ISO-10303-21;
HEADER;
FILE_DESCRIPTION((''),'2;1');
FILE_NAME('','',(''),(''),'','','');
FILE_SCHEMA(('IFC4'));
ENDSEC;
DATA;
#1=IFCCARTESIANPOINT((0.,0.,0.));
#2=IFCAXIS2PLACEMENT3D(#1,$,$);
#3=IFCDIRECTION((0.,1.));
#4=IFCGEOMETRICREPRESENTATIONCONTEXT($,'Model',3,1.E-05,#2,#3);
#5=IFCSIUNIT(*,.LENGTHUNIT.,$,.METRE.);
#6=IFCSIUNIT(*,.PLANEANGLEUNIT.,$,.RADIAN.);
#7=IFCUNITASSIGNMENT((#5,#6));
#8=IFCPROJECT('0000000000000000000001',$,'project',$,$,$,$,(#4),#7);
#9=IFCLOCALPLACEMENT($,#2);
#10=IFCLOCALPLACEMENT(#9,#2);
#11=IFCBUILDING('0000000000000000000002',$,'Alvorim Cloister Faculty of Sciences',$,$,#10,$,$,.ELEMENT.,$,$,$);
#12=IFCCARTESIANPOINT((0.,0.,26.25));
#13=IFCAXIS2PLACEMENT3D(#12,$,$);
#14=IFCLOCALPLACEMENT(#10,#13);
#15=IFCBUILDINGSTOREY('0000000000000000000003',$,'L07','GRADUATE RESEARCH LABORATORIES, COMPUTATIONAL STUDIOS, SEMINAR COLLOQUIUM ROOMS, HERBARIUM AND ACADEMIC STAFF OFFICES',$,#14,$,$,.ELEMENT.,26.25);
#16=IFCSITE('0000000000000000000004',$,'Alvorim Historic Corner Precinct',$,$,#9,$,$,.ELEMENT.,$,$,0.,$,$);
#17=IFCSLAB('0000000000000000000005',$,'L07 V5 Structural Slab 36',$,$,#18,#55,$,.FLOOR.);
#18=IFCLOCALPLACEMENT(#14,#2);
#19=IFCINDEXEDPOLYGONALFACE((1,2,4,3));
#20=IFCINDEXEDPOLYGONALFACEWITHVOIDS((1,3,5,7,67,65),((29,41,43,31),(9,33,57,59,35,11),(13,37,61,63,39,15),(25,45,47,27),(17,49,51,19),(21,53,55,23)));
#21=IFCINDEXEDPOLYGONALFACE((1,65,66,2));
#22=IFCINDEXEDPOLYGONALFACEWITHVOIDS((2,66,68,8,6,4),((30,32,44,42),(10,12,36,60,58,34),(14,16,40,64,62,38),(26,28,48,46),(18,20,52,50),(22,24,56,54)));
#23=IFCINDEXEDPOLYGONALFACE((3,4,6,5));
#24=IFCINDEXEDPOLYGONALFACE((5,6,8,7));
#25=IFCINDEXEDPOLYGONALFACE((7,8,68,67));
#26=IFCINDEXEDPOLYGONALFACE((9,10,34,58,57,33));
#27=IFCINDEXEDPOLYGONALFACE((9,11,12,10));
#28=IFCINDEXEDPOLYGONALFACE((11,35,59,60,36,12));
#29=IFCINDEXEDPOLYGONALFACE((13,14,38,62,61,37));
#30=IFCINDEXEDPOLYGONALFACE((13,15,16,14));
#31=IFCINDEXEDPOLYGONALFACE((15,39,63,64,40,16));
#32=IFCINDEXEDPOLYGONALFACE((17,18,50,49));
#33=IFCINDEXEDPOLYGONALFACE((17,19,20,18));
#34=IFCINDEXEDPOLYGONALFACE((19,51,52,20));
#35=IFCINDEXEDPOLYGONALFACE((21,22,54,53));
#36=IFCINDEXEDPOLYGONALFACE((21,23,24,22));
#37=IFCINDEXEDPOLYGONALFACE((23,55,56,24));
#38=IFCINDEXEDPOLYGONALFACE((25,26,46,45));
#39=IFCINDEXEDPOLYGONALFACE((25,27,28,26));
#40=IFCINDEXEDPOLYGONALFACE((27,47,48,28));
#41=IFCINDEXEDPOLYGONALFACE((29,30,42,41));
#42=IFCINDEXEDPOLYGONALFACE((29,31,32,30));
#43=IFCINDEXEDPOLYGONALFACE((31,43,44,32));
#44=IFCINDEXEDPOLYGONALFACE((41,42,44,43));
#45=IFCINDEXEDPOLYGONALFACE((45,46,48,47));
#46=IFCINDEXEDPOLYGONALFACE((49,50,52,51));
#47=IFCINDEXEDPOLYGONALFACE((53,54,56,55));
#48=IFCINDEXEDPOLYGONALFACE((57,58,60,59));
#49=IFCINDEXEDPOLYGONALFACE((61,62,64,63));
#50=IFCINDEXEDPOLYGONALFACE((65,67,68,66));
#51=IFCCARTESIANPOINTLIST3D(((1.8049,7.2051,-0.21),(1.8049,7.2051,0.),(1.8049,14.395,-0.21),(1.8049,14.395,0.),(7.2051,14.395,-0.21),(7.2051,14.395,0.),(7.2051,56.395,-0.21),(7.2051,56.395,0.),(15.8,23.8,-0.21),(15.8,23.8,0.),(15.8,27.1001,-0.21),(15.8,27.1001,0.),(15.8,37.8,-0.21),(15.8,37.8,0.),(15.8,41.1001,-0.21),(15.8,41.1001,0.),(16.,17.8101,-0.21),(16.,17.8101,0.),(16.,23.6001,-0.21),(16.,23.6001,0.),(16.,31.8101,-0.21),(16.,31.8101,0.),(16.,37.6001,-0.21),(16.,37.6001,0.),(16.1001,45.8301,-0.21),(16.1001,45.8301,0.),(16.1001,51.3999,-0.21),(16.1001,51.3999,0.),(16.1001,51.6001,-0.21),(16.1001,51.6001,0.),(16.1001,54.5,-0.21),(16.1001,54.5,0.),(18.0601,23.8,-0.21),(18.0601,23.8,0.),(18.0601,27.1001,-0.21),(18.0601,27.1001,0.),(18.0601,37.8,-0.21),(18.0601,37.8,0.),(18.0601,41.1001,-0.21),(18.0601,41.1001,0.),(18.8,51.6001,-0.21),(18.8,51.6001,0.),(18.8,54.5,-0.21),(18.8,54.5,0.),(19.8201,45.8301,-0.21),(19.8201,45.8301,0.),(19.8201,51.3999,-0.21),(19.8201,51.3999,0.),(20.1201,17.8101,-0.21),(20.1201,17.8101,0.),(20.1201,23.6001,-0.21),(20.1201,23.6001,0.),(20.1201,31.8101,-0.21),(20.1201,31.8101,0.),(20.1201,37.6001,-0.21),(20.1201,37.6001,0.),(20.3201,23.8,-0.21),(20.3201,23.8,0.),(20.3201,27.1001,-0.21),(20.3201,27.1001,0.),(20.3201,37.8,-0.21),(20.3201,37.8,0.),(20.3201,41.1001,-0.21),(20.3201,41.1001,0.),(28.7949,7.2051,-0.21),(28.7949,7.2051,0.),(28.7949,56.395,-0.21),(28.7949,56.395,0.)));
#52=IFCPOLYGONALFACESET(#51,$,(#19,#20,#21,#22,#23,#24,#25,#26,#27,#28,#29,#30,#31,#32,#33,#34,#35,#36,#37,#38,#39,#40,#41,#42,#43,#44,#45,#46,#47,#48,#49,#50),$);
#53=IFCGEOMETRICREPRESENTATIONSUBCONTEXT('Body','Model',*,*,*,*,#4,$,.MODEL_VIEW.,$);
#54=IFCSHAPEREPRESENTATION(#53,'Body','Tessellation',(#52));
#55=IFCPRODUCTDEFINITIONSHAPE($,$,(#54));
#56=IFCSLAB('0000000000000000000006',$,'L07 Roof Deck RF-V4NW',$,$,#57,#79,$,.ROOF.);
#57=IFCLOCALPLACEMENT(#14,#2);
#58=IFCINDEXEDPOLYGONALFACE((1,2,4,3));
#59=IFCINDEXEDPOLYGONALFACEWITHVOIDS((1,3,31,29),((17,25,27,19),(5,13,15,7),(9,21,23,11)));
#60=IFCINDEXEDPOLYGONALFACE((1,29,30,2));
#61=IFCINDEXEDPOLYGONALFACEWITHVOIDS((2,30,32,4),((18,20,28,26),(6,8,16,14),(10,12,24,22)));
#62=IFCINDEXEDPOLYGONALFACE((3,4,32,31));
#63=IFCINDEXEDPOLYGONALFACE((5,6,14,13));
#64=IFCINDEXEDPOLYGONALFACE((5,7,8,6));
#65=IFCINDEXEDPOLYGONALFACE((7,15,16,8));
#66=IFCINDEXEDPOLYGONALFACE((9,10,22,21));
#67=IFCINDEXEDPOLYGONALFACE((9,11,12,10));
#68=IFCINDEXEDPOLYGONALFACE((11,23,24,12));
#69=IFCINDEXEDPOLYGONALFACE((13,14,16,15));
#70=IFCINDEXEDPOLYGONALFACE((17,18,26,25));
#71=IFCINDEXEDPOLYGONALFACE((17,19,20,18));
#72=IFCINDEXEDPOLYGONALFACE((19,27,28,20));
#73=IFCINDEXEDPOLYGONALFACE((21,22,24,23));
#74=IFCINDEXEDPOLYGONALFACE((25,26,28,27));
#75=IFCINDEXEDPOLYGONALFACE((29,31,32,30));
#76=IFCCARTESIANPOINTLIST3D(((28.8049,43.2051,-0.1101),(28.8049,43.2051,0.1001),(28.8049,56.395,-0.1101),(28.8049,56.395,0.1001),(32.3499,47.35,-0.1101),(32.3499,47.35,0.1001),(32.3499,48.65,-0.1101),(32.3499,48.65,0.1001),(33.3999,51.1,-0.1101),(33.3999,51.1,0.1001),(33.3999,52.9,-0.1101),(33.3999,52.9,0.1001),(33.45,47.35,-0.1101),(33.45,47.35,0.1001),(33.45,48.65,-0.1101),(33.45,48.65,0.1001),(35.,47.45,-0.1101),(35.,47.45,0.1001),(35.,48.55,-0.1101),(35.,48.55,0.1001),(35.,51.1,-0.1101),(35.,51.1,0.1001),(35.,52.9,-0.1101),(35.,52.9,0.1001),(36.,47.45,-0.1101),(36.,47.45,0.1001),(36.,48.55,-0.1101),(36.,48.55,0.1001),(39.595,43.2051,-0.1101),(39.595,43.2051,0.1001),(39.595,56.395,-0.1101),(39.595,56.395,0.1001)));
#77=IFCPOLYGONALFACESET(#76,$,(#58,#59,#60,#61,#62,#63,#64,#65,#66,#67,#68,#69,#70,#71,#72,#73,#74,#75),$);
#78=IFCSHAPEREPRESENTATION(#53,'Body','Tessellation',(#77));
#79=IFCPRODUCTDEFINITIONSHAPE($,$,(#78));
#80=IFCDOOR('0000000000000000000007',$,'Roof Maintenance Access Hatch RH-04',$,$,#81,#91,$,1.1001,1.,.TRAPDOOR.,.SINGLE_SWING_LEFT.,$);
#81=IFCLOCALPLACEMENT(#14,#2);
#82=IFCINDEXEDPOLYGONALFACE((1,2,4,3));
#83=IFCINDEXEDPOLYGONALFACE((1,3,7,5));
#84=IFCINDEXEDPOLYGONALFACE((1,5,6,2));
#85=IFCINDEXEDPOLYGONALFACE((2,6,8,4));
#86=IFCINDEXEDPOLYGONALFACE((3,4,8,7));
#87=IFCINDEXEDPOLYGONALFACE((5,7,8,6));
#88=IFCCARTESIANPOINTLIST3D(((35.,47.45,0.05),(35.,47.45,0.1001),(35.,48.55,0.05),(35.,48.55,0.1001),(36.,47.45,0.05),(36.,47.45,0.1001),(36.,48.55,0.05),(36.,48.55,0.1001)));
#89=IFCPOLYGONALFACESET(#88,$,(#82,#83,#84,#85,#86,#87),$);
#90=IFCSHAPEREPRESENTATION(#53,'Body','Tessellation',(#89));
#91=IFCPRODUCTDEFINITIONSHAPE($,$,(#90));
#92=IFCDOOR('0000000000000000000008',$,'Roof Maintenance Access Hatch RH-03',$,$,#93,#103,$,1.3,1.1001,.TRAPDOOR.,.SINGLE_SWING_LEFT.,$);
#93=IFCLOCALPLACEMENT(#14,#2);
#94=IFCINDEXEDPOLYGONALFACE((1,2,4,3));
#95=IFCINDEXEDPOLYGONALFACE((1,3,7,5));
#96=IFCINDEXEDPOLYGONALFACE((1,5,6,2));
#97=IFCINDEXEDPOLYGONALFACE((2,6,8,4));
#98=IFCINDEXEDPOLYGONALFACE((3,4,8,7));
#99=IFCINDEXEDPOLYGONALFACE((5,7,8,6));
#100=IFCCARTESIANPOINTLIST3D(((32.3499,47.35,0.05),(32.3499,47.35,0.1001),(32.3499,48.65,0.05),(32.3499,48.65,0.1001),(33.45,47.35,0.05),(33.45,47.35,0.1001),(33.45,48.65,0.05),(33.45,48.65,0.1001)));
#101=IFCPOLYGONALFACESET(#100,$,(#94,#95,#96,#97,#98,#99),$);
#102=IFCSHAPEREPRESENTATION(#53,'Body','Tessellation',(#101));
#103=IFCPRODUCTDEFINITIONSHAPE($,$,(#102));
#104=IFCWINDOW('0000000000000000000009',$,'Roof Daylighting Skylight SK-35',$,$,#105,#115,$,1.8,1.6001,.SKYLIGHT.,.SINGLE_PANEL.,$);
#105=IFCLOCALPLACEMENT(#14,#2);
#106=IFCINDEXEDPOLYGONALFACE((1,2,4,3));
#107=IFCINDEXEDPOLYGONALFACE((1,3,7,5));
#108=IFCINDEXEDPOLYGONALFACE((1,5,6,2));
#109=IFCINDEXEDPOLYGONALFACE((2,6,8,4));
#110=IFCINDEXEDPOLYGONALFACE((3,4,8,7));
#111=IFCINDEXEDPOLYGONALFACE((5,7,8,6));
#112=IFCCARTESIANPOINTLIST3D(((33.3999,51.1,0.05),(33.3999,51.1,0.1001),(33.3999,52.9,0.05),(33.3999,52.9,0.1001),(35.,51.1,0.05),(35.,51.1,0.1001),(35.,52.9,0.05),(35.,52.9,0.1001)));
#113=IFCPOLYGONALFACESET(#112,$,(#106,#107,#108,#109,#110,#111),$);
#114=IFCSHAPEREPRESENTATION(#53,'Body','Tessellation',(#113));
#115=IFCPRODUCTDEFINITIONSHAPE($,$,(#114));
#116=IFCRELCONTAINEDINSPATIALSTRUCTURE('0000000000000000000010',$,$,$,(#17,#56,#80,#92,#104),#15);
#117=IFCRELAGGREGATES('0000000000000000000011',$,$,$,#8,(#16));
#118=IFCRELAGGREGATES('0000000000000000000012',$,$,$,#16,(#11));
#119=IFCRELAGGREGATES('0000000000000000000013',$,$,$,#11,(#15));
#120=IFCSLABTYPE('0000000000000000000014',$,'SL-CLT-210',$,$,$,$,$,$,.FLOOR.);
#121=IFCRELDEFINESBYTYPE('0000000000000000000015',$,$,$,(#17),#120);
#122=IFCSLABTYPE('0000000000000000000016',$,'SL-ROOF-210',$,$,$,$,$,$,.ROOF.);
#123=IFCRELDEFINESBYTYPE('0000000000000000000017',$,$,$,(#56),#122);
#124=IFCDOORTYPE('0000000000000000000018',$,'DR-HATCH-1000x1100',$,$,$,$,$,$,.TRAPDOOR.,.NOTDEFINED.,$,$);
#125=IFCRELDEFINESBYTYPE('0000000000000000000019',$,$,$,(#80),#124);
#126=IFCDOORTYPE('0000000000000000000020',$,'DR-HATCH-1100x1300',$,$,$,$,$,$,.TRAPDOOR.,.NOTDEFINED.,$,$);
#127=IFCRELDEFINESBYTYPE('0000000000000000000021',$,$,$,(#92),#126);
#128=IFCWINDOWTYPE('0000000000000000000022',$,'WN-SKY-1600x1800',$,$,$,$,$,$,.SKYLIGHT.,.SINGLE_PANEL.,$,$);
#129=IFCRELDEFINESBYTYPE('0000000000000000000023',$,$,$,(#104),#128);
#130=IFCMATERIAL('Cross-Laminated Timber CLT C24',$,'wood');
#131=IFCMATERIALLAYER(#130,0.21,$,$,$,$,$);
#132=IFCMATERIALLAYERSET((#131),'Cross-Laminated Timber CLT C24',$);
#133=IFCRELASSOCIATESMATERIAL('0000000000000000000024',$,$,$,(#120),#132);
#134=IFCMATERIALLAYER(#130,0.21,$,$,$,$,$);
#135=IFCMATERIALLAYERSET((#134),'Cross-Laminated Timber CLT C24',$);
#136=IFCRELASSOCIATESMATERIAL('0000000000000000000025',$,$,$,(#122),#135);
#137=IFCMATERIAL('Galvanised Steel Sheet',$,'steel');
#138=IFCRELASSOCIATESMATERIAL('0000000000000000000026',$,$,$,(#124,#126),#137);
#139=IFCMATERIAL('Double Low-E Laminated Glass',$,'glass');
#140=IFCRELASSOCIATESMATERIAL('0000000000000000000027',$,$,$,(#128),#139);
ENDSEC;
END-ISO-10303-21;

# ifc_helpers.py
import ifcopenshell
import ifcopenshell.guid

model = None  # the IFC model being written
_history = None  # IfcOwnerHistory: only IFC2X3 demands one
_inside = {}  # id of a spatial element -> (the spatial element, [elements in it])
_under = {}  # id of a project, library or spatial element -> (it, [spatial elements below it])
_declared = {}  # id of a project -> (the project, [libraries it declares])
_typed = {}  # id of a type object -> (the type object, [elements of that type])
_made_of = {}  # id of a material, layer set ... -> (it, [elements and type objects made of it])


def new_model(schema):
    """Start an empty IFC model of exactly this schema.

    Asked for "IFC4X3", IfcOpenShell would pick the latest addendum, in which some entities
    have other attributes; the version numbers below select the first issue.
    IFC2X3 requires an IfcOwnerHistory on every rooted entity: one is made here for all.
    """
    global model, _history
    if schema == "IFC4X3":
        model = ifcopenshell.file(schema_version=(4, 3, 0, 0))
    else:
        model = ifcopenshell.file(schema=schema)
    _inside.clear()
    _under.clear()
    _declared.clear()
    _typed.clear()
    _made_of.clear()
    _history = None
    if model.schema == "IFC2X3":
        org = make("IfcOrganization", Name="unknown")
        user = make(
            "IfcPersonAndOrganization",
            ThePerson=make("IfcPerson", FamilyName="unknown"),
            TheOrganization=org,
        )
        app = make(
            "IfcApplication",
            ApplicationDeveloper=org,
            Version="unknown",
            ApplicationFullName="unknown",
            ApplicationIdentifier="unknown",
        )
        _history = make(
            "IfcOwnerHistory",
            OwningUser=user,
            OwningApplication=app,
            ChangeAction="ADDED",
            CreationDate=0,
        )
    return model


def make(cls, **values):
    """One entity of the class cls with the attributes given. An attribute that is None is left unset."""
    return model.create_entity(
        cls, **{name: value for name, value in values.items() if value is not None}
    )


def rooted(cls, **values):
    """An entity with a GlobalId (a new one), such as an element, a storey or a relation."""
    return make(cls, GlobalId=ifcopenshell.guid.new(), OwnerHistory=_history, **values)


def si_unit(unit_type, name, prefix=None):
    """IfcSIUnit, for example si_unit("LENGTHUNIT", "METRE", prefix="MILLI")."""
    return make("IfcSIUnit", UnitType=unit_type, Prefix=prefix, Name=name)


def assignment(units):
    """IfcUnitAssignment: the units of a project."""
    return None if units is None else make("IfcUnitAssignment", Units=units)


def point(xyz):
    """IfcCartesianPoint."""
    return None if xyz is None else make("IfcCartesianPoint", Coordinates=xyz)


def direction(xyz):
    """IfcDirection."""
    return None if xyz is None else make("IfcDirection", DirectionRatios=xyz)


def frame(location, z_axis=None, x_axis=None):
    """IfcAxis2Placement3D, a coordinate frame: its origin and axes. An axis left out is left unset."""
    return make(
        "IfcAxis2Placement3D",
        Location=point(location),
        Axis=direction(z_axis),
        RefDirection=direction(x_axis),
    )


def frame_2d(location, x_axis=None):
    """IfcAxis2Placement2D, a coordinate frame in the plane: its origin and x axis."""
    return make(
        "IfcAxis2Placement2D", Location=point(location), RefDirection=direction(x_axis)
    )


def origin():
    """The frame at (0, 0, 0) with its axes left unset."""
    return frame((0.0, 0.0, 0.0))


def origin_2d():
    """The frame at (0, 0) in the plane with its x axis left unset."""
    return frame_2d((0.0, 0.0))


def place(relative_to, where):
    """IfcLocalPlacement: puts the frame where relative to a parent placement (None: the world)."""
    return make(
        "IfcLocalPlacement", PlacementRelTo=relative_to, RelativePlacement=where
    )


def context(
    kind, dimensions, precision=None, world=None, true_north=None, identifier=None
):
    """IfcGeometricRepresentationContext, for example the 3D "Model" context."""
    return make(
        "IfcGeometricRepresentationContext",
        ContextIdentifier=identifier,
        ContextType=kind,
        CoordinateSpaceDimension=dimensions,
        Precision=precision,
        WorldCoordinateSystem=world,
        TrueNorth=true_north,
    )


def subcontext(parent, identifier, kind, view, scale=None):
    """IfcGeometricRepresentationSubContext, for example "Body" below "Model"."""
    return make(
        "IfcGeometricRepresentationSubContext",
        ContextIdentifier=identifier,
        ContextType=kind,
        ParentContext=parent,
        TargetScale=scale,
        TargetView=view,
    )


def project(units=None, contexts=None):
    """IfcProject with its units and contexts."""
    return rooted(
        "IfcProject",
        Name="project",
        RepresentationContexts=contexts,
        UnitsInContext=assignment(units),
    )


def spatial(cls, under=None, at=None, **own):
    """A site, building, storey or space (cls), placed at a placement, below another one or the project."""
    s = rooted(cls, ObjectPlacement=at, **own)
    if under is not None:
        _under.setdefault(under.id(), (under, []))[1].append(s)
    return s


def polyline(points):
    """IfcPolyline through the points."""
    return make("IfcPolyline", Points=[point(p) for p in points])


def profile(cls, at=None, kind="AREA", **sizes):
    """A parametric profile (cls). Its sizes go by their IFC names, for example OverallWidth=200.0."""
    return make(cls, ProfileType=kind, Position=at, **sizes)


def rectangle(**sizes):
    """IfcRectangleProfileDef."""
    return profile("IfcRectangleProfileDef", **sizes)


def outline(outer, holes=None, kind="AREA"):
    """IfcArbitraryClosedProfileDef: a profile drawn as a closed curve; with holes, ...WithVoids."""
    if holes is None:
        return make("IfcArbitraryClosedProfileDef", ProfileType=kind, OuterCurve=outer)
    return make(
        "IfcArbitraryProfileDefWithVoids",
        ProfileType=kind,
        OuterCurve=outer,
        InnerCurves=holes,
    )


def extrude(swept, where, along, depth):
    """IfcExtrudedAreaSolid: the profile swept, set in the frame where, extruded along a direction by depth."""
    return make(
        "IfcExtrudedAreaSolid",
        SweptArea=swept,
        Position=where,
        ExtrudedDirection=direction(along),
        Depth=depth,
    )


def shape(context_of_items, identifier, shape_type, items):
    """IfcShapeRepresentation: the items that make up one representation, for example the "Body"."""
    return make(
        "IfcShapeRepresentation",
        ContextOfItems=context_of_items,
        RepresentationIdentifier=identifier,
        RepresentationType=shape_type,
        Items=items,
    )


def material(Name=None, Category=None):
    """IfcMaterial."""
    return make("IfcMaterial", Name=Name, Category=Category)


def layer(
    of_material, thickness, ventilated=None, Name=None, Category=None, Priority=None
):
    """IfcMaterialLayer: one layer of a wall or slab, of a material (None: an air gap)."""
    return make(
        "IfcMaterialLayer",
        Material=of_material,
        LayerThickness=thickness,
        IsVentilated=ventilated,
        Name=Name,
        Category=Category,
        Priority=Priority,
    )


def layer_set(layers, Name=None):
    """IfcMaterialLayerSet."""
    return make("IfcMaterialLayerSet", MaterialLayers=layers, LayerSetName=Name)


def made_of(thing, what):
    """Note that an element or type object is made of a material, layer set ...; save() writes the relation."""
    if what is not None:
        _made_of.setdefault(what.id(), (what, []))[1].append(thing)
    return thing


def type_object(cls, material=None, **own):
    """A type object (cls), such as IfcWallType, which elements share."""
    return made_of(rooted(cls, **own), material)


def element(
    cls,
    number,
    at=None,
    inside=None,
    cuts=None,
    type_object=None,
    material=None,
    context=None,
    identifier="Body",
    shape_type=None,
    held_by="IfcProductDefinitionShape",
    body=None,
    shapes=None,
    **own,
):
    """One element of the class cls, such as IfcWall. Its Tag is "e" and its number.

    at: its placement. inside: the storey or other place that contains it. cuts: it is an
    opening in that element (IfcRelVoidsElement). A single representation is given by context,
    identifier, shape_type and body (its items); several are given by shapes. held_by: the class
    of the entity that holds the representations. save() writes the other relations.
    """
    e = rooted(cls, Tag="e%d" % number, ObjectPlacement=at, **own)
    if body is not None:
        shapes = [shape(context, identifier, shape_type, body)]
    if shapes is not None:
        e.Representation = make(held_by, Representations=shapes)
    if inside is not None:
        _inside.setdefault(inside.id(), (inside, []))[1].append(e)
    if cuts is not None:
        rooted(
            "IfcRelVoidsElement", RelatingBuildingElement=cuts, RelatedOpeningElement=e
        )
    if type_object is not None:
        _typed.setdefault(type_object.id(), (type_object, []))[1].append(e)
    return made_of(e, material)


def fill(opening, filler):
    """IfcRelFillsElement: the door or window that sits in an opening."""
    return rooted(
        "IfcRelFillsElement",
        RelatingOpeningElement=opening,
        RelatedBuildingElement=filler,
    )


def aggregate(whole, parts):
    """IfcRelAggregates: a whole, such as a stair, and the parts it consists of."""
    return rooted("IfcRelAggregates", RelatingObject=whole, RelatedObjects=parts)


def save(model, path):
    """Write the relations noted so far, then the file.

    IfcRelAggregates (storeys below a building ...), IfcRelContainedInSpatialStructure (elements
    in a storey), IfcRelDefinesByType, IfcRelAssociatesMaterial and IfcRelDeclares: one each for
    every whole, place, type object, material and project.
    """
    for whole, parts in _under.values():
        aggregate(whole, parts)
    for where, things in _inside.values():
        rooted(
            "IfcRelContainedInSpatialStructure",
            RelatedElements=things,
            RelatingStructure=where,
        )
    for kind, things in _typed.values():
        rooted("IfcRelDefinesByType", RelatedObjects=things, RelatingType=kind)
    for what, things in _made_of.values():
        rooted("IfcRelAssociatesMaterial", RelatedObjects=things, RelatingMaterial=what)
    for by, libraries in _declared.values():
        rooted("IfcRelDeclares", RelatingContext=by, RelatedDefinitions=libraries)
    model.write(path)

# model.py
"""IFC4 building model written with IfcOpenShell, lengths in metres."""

from ifc_helpers import new_model, si_unit, direction, frame, origin, origin_2d, place, context, subcontext, project, spatial, polyline, rectangle, outline, extrude, material, layer, layer_set, type_object, element, fill, save


model = new_model("IFC4")

# Units and contexts
model_context = context("Model", 3, precision=1e-05, world=origin(), true_north=direction((0.0, 1.0)))
body_context = subcontext(model_context, "Body", "Model", "MODEL_VIEW")
ifc_project = project(units=[si_unit("LENGTHUNIT", "METRE"), si_unit("PLANEANGLEUNIT", "RADIAN")], contexts=[model_context])

# Site, building, storey
site_placement = place(None, origin())
site = spatial("IfcSite", under=ifc_project, at=site_placement, Name="Alvorim Historic Corner Precinct", CompositionType="ELEMENT", RefElevation=0.0)
building_placement = place(site_placement, origin())
building = spatial("IfcBuilding", under=site, at=building_placement, Name="Alvorim Cloister Faculty of Sciences", CompositionType="ELEMENT")
storey_placement = place(building_placement, frame((0.0, 0.0, 26.25)))
storey = spatial("IfcBuildingStorey", under=building, at=storey_placement, Name="L07", Description="GRADUATE RESEARCH LABORATORIES, COMPUTATIONAL STUDIOS, SEMINAR COLLOQUIUM ROOMS, HERBARIUM AND ACADEMIC STAFF OFFICES", CompositionType="ELEMENT", Elevation=26.25)

# Slab
ifc_material_1 = material(Name="Cross-Laminated Timber CLT C24", Category="wood")
ifc_layer_1 = layer(ifc_material_1, 0.21)
ifc_layer_set_1 = layer_set([ifc_layer_1], Name="Cross-Laminated Timber CLT C24")
slab_type_1 = type_object("IfcSlabType", Name="SL-CLT-210", PredefinedType="FLOOR", material=ifc_layer_set_1)
slab_1_placement = place(storey_placement, frame((0.0, 0.0, -0.21)))
element("IfcSlab", 1, at=slab_1_placement, inside=storey, type_object=slab_type_1, Name="L07 V5 Structural Slab 36", PredefinedType="FLOOR", context=body_context, shape_type="SweptSolid", body=[
    extrude(outline(polyline([(1.8049, 7.2051), (1.8049, 14.395), (7.2051, 14.395), (7.2051, 56.395), (28.7949, 56.395), (28.7949, 7.2051), (1.8049, 7.2051)]), holes=[polyline([(16.0, 23.6001), (16.0, 17.8101), (20.1201, 17.8101), (20.1201, 23.6001), (16.0, 23.6001)]), polyline([(15.8, 27.1001), (15.8, 23.8), (18.0601, 23.8), (20.3201, 23.8), (20.3201, 27.1001), (18.0601, 27.1001), (15.8, 27.1001)]), polyline([(16.0, 37.6001), (16.0, 31.8101), (20.1201, 31.8101), (20.1201, 37.6001), (16.0, 37.6001)]), polyline([(15.8, 41.1001), (15.8, 37.8), (18.0601, 37.8), (20.3201, 37.8), (20.3201, 41.1001), (18.0601, 41.1001), (15.8, 41.1001)]), polyline([(16.1001, 51.3999), (16.1001, 45.8301), (19.8201, 45.8301), (19.8201, 51.3999), (16.1001, 51.3999)]), polyline([(16.1001, 54.5), (16.1001, 51.6001), (18.8, 51.6001), (18.8, 54.5), (16.1001, 54.5)])]), origin(), (0.0, 0.0, 1.0), 0.21),
])

# Slab, openings, doors, window
ifc_layer_2 = layer(ifc_material_1, 0.21)
ifc_layer_set_2 = layer_set([ifc_layer_2], Name="Cross-Laminated Timber CLT C24")
slab_type_2 = type_object("IfcSlabType", Name="SL-ROOF-210", PredefinedType="ROOF", material=ifc_layer_set_2)
slab_2_placement = place(storey_placement, frame((0.0, 0.0, -0.1101)))
slab_2 = element("IfcSlab", 2, at=slab_2_placement, inside=storey, type_object=slab_type_2, Name="L07 Roof Deck RF-V4NW", PredefinedType="ROOF", context=body_context, shape_type="SweptSolid", body=[
    extrude(outline(polyline([(28.8049, 43.2051), (39.595, 43.2051), (39.595, 56.395), (28.8049, 56.395), (28.8049, 43.2051)])), origin(), (0.0, 0.0, 1.0), 0.2102),
])
opening_1_placement = place(slab_2_placement, frame((32.8999, 48.0, -0.012)))
opening_1 = element("IfcOpeningElement", 3, at=opening_1_placement, cuts=slab_2, PredefinedType="OPENING", context=body_context, shape_type="SweptSolid", body=[
    extrude(rectangle(XDim=1.1001, YDim=1.3, at=origin_2d()), origin(), (0.0, 0.0, 1.0), 0.2341),
])
opening_2_placement = place(slab_2_placement, frame((35.5, 48.0, -0.012)))
opening_2 = element("IfcOpeningElement", 4, at=opening_2_placement, cuts=slab_2, PredefinedType="OPENING", context=body_context, shape_type="SweptSolid", body=[
    extrude(rectangle(XDim=1.0, YDim=1.1001, at=origin_2d()), origin(), (0.0, 0.0, 1.0), 0.2341),
])
opening_3_placement = place(slab_2_placement, frame((34.2, 52.0, -0.012)))
opening_3 = element("IfcOpeningElement", 5, at=opening_3_placement, cuts=slab_2, PredefinedType="OPENING", context=body_context, shape_type="SweptSolid", body=[
    extrude(rectangle(XDim=1.6001, YDim=1.8, at=origin_2d()), origin(), (0.0, 0.0, 1.0), 0.2341),
])
ifc_material_2 = material(Name="Galvanised Steel Sheet", Category="steel")
door_type_1 = type_object("IfcDoorType", Name="DR-HATCH-1000x1100", OperationType="NOTDEFINED", PredefinedType="TRAPDOOR", material=ifc_material_2)
door_1_placement = place(slab_2_placement, frame((35.5, 48.0, 0.1602)))
door_1 = element("IfcDoor", 6, at=door_1_placement, inside=storey, type_object=door_type_1, Name="Roof Maintenance Access Hatch RH-04", OperationType="SINGLE_SWING_LEFT", OverallHeight=1.1001, OverallWidth=1.0, PredefinedType="TRAPDOOR", context=body_context, shape_type="SweptSolid", body=[
    extrude(rectangle(XDim=1.0, YDim=1.1001, at=origin_2d()), origin(), (0.0, 0.0, 1.0), 0.05),
])
fill(opening_2, door_1)
door_type_2 = type_object("IfcDoorType", Name="DR-HATCH-1100x1300", OperationType="NOTDEFINED", PredefinedType="TRAPDOOR", material=ifc_material_2)
door_2_placement = place(slab_2_placement, frame((32.8999, 48.0, 0.1602)))
door_2 = element("IfcDoor", 7, at=door_2_placement, inside=storey, type_object=door_type_2, Name="Roof Maintenance Access Hatch RH-03", OperationType="SINGLE_SWING_LEFT", OverallHeight=1.3, OverallWidth=1.1001, PredefinedType="TRAPDOOR", context=body_context, shape_type="SweptSolid", body=[
    extrude(rectangle(XDim=1.1001, YDim=1.3, at=origin_2d()), origin(), (0.0, 0.0, 1.0), 0.05),
])
fill(opening_1, door_2)
ifc_material_3 = material(Name="Double Low-E Laminated Glass", Category="glass")
window_type_1 = type_object("IfcWindowType", Name="WN-SKY-1600x1800", PartitioningType="SINGLE_PANEL", PredefinedType="SKYLIGHT", material=ifc_material_3)
window_1_placement = place(slab_2_placement, frame((34.2, 52.0, 0.1602)))
window_1 = element("IfcWindow", 8, at=window_1_placement, inside=storey, type_object=window_type_1, Name="Roof Daylighting Skylight SK-35", OverallHeight=1.8, OverallWidth=1.6001, PartitioningType="SINGLE_PANEL", PredefinedType="SKYLIGHT", context=body_context, shape_type="SweptSolid", body=[
    extrude(rectangle(XDim=1.6001, YDim=1.8, at=origin_2d()), origin(), (0.0, 0.0, 1.0), 0.05),
])
fill(opening_3, window_1)

save(model, "model.ifc")
